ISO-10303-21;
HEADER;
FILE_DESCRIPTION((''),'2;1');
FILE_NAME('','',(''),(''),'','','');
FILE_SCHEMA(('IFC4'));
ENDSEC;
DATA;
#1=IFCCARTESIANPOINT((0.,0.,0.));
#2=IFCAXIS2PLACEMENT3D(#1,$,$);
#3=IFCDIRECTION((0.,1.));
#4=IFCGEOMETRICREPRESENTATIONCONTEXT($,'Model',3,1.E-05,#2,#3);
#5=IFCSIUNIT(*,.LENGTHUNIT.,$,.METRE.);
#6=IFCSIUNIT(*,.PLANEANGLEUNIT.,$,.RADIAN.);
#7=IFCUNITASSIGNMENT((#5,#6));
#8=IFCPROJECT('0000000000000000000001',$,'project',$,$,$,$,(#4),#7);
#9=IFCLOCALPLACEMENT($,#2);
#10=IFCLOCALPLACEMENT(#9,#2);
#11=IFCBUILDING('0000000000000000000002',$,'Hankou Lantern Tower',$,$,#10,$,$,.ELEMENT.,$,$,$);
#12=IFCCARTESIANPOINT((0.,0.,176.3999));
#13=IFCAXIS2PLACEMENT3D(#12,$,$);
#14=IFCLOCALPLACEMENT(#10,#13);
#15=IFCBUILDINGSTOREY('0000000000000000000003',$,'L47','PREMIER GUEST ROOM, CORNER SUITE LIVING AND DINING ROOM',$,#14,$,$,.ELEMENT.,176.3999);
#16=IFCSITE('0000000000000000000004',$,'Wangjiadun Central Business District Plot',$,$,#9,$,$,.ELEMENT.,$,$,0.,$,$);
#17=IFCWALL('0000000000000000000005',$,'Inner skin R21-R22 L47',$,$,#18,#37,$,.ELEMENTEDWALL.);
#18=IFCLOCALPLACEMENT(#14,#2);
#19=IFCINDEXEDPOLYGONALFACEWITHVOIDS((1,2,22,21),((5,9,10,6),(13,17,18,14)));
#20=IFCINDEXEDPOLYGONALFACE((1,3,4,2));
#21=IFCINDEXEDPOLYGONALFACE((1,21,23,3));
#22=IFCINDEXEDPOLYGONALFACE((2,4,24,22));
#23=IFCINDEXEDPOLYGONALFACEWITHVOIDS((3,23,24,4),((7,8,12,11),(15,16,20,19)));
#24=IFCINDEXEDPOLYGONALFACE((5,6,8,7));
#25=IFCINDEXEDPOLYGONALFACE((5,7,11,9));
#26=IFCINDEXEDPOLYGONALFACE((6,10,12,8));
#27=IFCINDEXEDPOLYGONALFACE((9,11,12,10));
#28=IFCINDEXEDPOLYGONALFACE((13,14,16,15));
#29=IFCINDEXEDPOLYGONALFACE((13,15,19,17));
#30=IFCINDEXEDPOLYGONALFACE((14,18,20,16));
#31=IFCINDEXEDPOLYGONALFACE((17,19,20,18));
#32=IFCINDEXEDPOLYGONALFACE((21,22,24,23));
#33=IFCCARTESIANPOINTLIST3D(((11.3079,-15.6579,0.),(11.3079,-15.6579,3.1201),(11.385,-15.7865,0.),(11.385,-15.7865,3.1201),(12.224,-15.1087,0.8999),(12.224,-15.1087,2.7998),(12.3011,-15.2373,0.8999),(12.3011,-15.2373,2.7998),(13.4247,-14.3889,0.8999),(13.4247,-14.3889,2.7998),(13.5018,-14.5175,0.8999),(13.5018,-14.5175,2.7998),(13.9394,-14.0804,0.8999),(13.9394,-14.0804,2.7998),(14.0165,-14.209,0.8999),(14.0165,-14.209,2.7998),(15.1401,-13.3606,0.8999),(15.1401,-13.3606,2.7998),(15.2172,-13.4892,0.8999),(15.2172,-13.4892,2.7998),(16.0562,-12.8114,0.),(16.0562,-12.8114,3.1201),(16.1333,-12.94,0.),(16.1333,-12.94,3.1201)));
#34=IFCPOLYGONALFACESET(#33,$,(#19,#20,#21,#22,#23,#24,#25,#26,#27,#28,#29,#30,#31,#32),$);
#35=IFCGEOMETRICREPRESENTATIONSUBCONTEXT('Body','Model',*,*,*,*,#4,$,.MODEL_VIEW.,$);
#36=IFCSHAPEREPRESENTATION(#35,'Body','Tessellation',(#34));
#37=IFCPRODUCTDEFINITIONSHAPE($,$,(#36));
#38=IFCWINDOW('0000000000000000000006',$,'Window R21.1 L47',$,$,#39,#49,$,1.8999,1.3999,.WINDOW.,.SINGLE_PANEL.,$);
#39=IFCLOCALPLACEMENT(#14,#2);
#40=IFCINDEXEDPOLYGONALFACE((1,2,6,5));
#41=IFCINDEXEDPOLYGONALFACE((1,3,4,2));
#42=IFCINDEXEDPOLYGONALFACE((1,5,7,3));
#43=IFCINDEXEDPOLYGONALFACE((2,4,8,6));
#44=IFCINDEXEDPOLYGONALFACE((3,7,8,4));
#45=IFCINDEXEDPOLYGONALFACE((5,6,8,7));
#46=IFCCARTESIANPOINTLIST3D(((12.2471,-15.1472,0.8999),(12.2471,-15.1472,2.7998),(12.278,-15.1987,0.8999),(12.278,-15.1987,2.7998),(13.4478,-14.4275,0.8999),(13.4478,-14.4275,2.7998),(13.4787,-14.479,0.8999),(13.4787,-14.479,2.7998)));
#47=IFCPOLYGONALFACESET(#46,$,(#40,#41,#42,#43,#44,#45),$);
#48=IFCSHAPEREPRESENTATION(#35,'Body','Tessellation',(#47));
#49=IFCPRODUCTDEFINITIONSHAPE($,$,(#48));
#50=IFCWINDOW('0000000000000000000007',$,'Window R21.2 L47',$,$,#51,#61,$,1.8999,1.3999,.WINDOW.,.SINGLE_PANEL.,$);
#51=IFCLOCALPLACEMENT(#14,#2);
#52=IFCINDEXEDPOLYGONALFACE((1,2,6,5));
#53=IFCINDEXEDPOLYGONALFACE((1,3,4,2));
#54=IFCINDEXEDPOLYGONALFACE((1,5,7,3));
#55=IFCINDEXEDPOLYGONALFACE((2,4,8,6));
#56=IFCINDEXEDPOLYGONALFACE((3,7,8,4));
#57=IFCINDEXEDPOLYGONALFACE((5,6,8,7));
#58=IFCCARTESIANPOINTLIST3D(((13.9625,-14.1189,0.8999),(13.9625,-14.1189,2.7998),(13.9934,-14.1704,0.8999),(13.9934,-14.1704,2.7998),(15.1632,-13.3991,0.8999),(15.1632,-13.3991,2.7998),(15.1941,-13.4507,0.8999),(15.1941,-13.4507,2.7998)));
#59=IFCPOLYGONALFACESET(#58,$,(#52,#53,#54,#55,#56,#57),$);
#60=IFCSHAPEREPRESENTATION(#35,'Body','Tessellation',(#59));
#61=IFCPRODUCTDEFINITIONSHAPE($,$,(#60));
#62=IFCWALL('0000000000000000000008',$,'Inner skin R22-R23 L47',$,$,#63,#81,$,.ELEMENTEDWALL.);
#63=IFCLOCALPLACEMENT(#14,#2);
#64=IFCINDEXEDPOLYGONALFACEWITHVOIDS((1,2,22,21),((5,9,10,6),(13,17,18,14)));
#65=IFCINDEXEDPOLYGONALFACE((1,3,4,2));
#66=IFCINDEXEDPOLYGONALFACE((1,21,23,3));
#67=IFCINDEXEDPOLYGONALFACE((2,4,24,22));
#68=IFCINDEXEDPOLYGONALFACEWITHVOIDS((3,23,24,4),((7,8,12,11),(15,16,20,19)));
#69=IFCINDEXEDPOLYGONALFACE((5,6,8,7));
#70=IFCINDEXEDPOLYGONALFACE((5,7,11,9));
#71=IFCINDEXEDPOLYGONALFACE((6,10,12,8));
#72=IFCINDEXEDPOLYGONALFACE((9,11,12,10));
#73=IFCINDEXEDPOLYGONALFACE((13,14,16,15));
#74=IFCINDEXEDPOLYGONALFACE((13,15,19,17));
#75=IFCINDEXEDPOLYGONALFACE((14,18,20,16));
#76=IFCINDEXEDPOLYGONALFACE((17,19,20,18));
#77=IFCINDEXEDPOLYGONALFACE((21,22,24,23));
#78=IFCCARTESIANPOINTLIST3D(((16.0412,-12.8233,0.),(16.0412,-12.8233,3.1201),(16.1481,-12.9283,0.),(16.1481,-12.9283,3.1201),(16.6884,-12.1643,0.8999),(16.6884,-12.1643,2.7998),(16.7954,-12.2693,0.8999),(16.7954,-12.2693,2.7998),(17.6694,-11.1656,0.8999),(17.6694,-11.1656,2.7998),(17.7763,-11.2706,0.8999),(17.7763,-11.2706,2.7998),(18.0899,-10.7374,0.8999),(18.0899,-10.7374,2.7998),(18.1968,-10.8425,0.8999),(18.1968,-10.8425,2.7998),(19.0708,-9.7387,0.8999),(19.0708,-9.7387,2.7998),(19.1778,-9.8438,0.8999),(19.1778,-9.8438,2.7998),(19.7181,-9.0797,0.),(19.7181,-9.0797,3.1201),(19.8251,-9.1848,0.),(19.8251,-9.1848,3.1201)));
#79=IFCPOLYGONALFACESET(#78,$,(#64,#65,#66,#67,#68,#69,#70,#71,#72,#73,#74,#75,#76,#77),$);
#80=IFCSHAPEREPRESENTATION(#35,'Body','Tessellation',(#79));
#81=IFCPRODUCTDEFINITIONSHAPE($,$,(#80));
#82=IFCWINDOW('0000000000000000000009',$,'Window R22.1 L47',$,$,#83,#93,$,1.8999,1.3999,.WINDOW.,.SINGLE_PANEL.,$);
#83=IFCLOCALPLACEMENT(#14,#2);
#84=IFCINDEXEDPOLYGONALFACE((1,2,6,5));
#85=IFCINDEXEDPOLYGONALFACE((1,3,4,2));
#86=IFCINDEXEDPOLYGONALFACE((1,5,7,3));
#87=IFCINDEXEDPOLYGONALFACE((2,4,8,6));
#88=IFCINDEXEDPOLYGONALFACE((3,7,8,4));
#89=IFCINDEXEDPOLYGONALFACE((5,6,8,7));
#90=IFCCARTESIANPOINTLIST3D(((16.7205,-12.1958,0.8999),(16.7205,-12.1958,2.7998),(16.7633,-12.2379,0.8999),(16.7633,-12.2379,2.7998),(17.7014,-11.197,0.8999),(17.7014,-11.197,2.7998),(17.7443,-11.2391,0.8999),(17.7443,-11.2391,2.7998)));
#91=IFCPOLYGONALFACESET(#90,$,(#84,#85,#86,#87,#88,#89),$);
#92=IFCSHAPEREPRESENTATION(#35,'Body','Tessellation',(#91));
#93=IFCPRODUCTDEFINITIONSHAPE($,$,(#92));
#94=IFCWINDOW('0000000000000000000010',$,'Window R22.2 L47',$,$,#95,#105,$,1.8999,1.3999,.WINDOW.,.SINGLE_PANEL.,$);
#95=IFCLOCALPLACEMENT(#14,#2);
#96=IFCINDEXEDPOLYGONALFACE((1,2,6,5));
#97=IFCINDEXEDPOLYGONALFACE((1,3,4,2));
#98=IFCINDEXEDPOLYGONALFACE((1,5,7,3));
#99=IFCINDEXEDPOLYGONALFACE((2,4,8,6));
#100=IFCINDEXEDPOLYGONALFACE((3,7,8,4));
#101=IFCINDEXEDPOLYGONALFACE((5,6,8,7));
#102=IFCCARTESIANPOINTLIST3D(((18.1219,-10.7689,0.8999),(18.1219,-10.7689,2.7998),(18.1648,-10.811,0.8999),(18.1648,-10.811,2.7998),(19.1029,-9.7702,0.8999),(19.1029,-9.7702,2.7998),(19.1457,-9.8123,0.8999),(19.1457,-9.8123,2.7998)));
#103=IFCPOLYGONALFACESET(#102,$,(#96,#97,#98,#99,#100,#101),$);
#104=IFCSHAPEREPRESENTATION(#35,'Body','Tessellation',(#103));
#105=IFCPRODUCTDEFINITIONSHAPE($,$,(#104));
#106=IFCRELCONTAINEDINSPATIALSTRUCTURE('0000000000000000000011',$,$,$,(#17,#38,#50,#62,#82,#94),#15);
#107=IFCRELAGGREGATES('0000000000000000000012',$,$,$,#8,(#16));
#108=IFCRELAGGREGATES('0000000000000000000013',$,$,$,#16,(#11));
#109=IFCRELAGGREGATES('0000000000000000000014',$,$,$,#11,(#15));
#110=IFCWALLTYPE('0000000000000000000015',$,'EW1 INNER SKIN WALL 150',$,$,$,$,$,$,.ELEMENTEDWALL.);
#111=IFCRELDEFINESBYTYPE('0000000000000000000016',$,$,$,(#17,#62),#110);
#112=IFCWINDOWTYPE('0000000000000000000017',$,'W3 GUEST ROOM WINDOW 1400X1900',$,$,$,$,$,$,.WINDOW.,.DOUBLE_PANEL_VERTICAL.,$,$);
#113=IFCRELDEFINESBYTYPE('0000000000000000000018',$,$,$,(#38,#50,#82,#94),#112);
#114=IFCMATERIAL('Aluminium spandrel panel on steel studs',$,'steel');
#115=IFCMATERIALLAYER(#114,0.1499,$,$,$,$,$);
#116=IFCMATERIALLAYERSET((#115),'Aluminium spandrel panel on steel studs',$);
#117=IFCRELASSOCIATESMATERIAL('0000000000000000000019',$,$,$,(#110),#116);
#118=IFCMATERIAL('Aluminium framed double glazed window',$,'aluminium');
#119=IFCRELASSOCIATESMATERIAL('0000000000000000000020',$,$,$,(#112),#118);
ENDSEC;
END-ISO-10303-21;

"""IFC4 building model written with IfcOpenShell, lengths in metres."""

from ifc_helpers import new_model, si_unit, direction, frame, frame_2d, origin, place, context, subcontext, project, spatial, rectangle, extrude, material, layer, layer_set, type_object, element, fill, save


model = new_model("IFC4")

# Units and contexts
model_context = context("Model", 3, precision=1e-05, world=origin(), true_north=direction((0.0, 1.0)))
body_context = subcontext(model_context, "Body", "Model", "MODEL_VIEW")
ifc_project = project(units=[si_unit("LENGTHUNIT", "METRE"), si_unit("PLANEANGLEUNIT", "RADIAN")], contexts=[model_context])

# Site, building, storey
site_placement = place(None, origin())
site = spatial("IfcSite", under=ifc_project, at=site_placement, Name="Wangjiadun Central Business District Plot", CompositionType="ELEMENT", RefElevation=0.0)
building_placement = place(site_placement, origin())
building = spatial("IfcBuilding", under=site, at=building_placement, Name="Hankou Lantern Tower", CompositionType="ELEMENT")
storey_placement = place(building_placement, frame((0.0, 0.0, 176.3999)))
storey = spatial("IfcBuildingStorey", under=building, at=storey_placement, Name="L47", Description="PREMIER GUEST ROOM, CORNER SUITE LIVING AND DINING ROOM", CompositionType="ELEMENT", Elevation=176.3999)

# Walls, openings, windows
ifc_material_1 = material(Name="Aluminium spandrel panel on steel studs", Category="steel")
ifc_layer_1 = layer(ifc_material_1, 0.1499)
ifc_layer_set_1 = layer_set([ifc_layer_1], Name="Aluminium spandrel panel on steel studs")
wall_type_1 = type_object("IfcWallType", Name="EW1 INNER SKIN WALL 150", PredefinedType="ELEMENTEDWALL", material=ifc_layer_set_1)
wall_1_placement = place(storey_placement, frame((11.3464, -15.7222, 0.0), z_axis=(0.0, 0.0, 1.0), x_axis=(0.857695, 0.514158, 0.0)))
wall_1 = element("IfcWall", 1, at=wall_1_placement, inside=storey, type_object=wall_type_1, Name="Inner skin R21-R22 L47", PredefinedType="ELEMENTEDWALL", context=body_context, shape_type="SweptSolid", body=[
    extrude(rectangle(XDim=5.5361, YDim=0.1499, at=frame_2d((2.7681, 0.0))), origin(), (0.0, 0.0, 1.0), 3.1201),
])
opening_1_placement = place(wall_1_placement, frame((1.0681, 0.0, 0.8999)))
opening_1 = element("IfcOpeningElement", 2, at=opening_1_placement, cuts=wall_1, PredefinedType="OPENING", context=body_context, shape_type="SweptSolid", body=[
    extrude(rectangle(XDim=1.3999, YDim=1.8999, at=frame_2d((0.7, 0.95))), frame((0.0, 0.085, 0.0), z_axis=(0.0, -1.0, 0.0), x_axis=(1.0, 0.0, 0.0)), (0.0, 0.0, 1.0), 0.1699),
])
opening_2_placement = place(wall_1_placement, frame((3.0681, 0.0, 0.8999)))
opening_2 = element("IfcOpeningElement", 3, at=opening_2_placement, cuts=wall_1, PredefinedType="OPENING", context=body_context, shape_type="SweptSolid", body=[
    extrude(rectangle(XDim=1.3999, YDim=1.8999, at=frame_2d((0.7, 0.95))), frame((0.0, 0.085, 0.0), z_axis=(0.0, -1.0, 0.0), x_axis=(1.0, 0.0, 0.0)), (0.0, 0.0, 1.0), 0.1699),
])
ifc_material_2 = material(Name="Aluminium framed double glazed window", Category="aluminium")
window_type = type_object("IfcWindowType", Name="W3 GUEST ROOM WINDOW 1400X1900", PartitioningType="DOUBLE_PANEL_VERTICAL", PredefinedType="WINDOW", material=ifc_material_2)
window_1_placement = place(opening_1_placement, origin())
window_1 = element("IfcWindow", 4, at=window_1_placement, inside=storey, type_object=window_type, Name="Window R21.1 L47", OverallHeight=1.8999, OverallWidth=1.3999, PartitioningType="SINGLE_PANEL", PredefinedType="WINDOW", context=body_context, shape_type="SweptSolid", body=[
    extrude(rectangle(XDim=1.3999, YDim=1.8999, at=frame_2d((0.7, 0.95))), frame((0.0, 0.03, 0.0), z_axis=(0.0, -1.0, 0.0), x_axis=(1.0, 0.0, 0.0)), (0.0, 0.0, 1.0), 0.0601),
])
fill(opening_1, window_1)
window_2_placement = place(opening_2_placement, origin())
window_2 = element("IfcWindow", 5, at=window_2_placement, inside=storey, type_object=window_type, Name="Window R21.2 L47", OverallHeight=1.8999, OverallWidth=1.3999, PartitioningType="SINGLE_PANEL", PredefinedType="WINDOW", context=body_context, shape_type="SweptSolid", body=[
    extrude(rectangle(XDim=1.3999, YDim=1.8999, at=frame_2d((0.7, 0.95))), frame((0.0, 0.03, 0.0), z_axis=(0.0, -1.0, 0.0), x_axis=(1.0, 0.0, 0.0)), (0.0, 0.0, 1.0), 0.0601),
])
fill(opening_2, window_2)
wall_2_placement = place(storey_placement, frame((16.0947, -12.8757, 0.0), z_axis=(0.0, 0.0, 1.0), x_axis=(0.700727, 0.713429, 0.0)))
wall_2 = element("IfcWall", 6, at=wall_2_placement, inside=storey, type_object=wall_type_1, Name="Inner skin R22-R23 L47", PredefinedType="ELEMENTEDWALL", context=body_context, shape_type="SweptSolid", body=[
    extrude(rectangle(XDim=5.2473, YDim=0.1499, at=frame_2d((2.6235, 0.0))), origin(), (0.0, 0.0, 1.0), 3.1201),
])
opening_3_placement = place(wall_2_placement, frame((0.9236, 0.0, 0.8999)))
opening_3 = element("IfcOpeningElement", 7, at=opening_3_placement, cuts=wall_2, PredefinedType="OPENING", context=body_context, shape_type="SweptSolid", body=[
    extrude(rectangle(XDim=1.3999, YDim=1.8999, at=frame_2d((0.7, 0.95))), frame((0.0, 0.085, 0.0), z_axis=(0.0, -1.0, 0.0), x_axis=(1.0, 0.0, 0.0)), (0.0, 0.0, 1.0), 0.1699),
])
opening_4_placement = place(wall_2_placement, frame((2.9236, 0.0, 0.8999)))
opening_4 = element("IfcOpeningElement", 8, at=opening_4_placement, cuts=wall_2, PredefinedType="OPENING", context=body_context, shape_type="SweptSolid", body=[
    extrude(rectangle(XDim=1.3999, YDim=1.8999, at=frame_2d((0.7, 0.95))), frame((0.0, 0.085, 0.0), z_axis=(0.0, -1.0, 0.0), x_axis=(1.0, 0.0, 0.0)), (0.0, 0.0, 1.0), 0.1699),
])
window_3_placement = place(opening_3_placement, origin())
window_3 = element("IfcWindow", 9, at=window_3_placement, inside=storey, type_object=window_type, Name="Window R22.1 L47", OverallHeight=1.8999, OverallWidth=1.3999, PartitioningType="SINGLE_PANEL", PredefinedType="WINDOW", context=body_context, shape_type="SweptSolid", body=[
    extrude(rectangle(XDim=1.3999, YDim=1.8999, at=frame_2d((0.7, 0.95))), frame((0.0, 0.03, 0.0), z_axis=(0.0, -1.0, 0.0), x_axis=(1.0, 0.0, 0.0)), (0.0, 0.0, 1.0), 0.0601),
])
fill(opening_3, window_3)
window_4_placement = place(opening_4_placement, origin())
window_4 = element("IfcWindow", 10, at=window_4_placement, inside=storey, type_object=window_type, Name="Window R22.2 L47", OverallHeight=1.8999, OverallWidth=1.3999, PartitioningType="SINGLE_PANEL", PredefinedType="WINDOW", context=body_context, shape_type="SweptSolid", body=[
    extrude(rectangle(XDim=1.3999, YDim=1.8999, at=frame_2d((0.7, 0.95))), frame((0.0, 0.03, 0.0), z_axis=(0.0, -1.0, 0.0), x_axis=(1.0, 0.0, 0.0)), (0.0, 0.0, 1.0), 0.0601),
])
fill(opening_4, window_4)

save(model, "model.ifc")
